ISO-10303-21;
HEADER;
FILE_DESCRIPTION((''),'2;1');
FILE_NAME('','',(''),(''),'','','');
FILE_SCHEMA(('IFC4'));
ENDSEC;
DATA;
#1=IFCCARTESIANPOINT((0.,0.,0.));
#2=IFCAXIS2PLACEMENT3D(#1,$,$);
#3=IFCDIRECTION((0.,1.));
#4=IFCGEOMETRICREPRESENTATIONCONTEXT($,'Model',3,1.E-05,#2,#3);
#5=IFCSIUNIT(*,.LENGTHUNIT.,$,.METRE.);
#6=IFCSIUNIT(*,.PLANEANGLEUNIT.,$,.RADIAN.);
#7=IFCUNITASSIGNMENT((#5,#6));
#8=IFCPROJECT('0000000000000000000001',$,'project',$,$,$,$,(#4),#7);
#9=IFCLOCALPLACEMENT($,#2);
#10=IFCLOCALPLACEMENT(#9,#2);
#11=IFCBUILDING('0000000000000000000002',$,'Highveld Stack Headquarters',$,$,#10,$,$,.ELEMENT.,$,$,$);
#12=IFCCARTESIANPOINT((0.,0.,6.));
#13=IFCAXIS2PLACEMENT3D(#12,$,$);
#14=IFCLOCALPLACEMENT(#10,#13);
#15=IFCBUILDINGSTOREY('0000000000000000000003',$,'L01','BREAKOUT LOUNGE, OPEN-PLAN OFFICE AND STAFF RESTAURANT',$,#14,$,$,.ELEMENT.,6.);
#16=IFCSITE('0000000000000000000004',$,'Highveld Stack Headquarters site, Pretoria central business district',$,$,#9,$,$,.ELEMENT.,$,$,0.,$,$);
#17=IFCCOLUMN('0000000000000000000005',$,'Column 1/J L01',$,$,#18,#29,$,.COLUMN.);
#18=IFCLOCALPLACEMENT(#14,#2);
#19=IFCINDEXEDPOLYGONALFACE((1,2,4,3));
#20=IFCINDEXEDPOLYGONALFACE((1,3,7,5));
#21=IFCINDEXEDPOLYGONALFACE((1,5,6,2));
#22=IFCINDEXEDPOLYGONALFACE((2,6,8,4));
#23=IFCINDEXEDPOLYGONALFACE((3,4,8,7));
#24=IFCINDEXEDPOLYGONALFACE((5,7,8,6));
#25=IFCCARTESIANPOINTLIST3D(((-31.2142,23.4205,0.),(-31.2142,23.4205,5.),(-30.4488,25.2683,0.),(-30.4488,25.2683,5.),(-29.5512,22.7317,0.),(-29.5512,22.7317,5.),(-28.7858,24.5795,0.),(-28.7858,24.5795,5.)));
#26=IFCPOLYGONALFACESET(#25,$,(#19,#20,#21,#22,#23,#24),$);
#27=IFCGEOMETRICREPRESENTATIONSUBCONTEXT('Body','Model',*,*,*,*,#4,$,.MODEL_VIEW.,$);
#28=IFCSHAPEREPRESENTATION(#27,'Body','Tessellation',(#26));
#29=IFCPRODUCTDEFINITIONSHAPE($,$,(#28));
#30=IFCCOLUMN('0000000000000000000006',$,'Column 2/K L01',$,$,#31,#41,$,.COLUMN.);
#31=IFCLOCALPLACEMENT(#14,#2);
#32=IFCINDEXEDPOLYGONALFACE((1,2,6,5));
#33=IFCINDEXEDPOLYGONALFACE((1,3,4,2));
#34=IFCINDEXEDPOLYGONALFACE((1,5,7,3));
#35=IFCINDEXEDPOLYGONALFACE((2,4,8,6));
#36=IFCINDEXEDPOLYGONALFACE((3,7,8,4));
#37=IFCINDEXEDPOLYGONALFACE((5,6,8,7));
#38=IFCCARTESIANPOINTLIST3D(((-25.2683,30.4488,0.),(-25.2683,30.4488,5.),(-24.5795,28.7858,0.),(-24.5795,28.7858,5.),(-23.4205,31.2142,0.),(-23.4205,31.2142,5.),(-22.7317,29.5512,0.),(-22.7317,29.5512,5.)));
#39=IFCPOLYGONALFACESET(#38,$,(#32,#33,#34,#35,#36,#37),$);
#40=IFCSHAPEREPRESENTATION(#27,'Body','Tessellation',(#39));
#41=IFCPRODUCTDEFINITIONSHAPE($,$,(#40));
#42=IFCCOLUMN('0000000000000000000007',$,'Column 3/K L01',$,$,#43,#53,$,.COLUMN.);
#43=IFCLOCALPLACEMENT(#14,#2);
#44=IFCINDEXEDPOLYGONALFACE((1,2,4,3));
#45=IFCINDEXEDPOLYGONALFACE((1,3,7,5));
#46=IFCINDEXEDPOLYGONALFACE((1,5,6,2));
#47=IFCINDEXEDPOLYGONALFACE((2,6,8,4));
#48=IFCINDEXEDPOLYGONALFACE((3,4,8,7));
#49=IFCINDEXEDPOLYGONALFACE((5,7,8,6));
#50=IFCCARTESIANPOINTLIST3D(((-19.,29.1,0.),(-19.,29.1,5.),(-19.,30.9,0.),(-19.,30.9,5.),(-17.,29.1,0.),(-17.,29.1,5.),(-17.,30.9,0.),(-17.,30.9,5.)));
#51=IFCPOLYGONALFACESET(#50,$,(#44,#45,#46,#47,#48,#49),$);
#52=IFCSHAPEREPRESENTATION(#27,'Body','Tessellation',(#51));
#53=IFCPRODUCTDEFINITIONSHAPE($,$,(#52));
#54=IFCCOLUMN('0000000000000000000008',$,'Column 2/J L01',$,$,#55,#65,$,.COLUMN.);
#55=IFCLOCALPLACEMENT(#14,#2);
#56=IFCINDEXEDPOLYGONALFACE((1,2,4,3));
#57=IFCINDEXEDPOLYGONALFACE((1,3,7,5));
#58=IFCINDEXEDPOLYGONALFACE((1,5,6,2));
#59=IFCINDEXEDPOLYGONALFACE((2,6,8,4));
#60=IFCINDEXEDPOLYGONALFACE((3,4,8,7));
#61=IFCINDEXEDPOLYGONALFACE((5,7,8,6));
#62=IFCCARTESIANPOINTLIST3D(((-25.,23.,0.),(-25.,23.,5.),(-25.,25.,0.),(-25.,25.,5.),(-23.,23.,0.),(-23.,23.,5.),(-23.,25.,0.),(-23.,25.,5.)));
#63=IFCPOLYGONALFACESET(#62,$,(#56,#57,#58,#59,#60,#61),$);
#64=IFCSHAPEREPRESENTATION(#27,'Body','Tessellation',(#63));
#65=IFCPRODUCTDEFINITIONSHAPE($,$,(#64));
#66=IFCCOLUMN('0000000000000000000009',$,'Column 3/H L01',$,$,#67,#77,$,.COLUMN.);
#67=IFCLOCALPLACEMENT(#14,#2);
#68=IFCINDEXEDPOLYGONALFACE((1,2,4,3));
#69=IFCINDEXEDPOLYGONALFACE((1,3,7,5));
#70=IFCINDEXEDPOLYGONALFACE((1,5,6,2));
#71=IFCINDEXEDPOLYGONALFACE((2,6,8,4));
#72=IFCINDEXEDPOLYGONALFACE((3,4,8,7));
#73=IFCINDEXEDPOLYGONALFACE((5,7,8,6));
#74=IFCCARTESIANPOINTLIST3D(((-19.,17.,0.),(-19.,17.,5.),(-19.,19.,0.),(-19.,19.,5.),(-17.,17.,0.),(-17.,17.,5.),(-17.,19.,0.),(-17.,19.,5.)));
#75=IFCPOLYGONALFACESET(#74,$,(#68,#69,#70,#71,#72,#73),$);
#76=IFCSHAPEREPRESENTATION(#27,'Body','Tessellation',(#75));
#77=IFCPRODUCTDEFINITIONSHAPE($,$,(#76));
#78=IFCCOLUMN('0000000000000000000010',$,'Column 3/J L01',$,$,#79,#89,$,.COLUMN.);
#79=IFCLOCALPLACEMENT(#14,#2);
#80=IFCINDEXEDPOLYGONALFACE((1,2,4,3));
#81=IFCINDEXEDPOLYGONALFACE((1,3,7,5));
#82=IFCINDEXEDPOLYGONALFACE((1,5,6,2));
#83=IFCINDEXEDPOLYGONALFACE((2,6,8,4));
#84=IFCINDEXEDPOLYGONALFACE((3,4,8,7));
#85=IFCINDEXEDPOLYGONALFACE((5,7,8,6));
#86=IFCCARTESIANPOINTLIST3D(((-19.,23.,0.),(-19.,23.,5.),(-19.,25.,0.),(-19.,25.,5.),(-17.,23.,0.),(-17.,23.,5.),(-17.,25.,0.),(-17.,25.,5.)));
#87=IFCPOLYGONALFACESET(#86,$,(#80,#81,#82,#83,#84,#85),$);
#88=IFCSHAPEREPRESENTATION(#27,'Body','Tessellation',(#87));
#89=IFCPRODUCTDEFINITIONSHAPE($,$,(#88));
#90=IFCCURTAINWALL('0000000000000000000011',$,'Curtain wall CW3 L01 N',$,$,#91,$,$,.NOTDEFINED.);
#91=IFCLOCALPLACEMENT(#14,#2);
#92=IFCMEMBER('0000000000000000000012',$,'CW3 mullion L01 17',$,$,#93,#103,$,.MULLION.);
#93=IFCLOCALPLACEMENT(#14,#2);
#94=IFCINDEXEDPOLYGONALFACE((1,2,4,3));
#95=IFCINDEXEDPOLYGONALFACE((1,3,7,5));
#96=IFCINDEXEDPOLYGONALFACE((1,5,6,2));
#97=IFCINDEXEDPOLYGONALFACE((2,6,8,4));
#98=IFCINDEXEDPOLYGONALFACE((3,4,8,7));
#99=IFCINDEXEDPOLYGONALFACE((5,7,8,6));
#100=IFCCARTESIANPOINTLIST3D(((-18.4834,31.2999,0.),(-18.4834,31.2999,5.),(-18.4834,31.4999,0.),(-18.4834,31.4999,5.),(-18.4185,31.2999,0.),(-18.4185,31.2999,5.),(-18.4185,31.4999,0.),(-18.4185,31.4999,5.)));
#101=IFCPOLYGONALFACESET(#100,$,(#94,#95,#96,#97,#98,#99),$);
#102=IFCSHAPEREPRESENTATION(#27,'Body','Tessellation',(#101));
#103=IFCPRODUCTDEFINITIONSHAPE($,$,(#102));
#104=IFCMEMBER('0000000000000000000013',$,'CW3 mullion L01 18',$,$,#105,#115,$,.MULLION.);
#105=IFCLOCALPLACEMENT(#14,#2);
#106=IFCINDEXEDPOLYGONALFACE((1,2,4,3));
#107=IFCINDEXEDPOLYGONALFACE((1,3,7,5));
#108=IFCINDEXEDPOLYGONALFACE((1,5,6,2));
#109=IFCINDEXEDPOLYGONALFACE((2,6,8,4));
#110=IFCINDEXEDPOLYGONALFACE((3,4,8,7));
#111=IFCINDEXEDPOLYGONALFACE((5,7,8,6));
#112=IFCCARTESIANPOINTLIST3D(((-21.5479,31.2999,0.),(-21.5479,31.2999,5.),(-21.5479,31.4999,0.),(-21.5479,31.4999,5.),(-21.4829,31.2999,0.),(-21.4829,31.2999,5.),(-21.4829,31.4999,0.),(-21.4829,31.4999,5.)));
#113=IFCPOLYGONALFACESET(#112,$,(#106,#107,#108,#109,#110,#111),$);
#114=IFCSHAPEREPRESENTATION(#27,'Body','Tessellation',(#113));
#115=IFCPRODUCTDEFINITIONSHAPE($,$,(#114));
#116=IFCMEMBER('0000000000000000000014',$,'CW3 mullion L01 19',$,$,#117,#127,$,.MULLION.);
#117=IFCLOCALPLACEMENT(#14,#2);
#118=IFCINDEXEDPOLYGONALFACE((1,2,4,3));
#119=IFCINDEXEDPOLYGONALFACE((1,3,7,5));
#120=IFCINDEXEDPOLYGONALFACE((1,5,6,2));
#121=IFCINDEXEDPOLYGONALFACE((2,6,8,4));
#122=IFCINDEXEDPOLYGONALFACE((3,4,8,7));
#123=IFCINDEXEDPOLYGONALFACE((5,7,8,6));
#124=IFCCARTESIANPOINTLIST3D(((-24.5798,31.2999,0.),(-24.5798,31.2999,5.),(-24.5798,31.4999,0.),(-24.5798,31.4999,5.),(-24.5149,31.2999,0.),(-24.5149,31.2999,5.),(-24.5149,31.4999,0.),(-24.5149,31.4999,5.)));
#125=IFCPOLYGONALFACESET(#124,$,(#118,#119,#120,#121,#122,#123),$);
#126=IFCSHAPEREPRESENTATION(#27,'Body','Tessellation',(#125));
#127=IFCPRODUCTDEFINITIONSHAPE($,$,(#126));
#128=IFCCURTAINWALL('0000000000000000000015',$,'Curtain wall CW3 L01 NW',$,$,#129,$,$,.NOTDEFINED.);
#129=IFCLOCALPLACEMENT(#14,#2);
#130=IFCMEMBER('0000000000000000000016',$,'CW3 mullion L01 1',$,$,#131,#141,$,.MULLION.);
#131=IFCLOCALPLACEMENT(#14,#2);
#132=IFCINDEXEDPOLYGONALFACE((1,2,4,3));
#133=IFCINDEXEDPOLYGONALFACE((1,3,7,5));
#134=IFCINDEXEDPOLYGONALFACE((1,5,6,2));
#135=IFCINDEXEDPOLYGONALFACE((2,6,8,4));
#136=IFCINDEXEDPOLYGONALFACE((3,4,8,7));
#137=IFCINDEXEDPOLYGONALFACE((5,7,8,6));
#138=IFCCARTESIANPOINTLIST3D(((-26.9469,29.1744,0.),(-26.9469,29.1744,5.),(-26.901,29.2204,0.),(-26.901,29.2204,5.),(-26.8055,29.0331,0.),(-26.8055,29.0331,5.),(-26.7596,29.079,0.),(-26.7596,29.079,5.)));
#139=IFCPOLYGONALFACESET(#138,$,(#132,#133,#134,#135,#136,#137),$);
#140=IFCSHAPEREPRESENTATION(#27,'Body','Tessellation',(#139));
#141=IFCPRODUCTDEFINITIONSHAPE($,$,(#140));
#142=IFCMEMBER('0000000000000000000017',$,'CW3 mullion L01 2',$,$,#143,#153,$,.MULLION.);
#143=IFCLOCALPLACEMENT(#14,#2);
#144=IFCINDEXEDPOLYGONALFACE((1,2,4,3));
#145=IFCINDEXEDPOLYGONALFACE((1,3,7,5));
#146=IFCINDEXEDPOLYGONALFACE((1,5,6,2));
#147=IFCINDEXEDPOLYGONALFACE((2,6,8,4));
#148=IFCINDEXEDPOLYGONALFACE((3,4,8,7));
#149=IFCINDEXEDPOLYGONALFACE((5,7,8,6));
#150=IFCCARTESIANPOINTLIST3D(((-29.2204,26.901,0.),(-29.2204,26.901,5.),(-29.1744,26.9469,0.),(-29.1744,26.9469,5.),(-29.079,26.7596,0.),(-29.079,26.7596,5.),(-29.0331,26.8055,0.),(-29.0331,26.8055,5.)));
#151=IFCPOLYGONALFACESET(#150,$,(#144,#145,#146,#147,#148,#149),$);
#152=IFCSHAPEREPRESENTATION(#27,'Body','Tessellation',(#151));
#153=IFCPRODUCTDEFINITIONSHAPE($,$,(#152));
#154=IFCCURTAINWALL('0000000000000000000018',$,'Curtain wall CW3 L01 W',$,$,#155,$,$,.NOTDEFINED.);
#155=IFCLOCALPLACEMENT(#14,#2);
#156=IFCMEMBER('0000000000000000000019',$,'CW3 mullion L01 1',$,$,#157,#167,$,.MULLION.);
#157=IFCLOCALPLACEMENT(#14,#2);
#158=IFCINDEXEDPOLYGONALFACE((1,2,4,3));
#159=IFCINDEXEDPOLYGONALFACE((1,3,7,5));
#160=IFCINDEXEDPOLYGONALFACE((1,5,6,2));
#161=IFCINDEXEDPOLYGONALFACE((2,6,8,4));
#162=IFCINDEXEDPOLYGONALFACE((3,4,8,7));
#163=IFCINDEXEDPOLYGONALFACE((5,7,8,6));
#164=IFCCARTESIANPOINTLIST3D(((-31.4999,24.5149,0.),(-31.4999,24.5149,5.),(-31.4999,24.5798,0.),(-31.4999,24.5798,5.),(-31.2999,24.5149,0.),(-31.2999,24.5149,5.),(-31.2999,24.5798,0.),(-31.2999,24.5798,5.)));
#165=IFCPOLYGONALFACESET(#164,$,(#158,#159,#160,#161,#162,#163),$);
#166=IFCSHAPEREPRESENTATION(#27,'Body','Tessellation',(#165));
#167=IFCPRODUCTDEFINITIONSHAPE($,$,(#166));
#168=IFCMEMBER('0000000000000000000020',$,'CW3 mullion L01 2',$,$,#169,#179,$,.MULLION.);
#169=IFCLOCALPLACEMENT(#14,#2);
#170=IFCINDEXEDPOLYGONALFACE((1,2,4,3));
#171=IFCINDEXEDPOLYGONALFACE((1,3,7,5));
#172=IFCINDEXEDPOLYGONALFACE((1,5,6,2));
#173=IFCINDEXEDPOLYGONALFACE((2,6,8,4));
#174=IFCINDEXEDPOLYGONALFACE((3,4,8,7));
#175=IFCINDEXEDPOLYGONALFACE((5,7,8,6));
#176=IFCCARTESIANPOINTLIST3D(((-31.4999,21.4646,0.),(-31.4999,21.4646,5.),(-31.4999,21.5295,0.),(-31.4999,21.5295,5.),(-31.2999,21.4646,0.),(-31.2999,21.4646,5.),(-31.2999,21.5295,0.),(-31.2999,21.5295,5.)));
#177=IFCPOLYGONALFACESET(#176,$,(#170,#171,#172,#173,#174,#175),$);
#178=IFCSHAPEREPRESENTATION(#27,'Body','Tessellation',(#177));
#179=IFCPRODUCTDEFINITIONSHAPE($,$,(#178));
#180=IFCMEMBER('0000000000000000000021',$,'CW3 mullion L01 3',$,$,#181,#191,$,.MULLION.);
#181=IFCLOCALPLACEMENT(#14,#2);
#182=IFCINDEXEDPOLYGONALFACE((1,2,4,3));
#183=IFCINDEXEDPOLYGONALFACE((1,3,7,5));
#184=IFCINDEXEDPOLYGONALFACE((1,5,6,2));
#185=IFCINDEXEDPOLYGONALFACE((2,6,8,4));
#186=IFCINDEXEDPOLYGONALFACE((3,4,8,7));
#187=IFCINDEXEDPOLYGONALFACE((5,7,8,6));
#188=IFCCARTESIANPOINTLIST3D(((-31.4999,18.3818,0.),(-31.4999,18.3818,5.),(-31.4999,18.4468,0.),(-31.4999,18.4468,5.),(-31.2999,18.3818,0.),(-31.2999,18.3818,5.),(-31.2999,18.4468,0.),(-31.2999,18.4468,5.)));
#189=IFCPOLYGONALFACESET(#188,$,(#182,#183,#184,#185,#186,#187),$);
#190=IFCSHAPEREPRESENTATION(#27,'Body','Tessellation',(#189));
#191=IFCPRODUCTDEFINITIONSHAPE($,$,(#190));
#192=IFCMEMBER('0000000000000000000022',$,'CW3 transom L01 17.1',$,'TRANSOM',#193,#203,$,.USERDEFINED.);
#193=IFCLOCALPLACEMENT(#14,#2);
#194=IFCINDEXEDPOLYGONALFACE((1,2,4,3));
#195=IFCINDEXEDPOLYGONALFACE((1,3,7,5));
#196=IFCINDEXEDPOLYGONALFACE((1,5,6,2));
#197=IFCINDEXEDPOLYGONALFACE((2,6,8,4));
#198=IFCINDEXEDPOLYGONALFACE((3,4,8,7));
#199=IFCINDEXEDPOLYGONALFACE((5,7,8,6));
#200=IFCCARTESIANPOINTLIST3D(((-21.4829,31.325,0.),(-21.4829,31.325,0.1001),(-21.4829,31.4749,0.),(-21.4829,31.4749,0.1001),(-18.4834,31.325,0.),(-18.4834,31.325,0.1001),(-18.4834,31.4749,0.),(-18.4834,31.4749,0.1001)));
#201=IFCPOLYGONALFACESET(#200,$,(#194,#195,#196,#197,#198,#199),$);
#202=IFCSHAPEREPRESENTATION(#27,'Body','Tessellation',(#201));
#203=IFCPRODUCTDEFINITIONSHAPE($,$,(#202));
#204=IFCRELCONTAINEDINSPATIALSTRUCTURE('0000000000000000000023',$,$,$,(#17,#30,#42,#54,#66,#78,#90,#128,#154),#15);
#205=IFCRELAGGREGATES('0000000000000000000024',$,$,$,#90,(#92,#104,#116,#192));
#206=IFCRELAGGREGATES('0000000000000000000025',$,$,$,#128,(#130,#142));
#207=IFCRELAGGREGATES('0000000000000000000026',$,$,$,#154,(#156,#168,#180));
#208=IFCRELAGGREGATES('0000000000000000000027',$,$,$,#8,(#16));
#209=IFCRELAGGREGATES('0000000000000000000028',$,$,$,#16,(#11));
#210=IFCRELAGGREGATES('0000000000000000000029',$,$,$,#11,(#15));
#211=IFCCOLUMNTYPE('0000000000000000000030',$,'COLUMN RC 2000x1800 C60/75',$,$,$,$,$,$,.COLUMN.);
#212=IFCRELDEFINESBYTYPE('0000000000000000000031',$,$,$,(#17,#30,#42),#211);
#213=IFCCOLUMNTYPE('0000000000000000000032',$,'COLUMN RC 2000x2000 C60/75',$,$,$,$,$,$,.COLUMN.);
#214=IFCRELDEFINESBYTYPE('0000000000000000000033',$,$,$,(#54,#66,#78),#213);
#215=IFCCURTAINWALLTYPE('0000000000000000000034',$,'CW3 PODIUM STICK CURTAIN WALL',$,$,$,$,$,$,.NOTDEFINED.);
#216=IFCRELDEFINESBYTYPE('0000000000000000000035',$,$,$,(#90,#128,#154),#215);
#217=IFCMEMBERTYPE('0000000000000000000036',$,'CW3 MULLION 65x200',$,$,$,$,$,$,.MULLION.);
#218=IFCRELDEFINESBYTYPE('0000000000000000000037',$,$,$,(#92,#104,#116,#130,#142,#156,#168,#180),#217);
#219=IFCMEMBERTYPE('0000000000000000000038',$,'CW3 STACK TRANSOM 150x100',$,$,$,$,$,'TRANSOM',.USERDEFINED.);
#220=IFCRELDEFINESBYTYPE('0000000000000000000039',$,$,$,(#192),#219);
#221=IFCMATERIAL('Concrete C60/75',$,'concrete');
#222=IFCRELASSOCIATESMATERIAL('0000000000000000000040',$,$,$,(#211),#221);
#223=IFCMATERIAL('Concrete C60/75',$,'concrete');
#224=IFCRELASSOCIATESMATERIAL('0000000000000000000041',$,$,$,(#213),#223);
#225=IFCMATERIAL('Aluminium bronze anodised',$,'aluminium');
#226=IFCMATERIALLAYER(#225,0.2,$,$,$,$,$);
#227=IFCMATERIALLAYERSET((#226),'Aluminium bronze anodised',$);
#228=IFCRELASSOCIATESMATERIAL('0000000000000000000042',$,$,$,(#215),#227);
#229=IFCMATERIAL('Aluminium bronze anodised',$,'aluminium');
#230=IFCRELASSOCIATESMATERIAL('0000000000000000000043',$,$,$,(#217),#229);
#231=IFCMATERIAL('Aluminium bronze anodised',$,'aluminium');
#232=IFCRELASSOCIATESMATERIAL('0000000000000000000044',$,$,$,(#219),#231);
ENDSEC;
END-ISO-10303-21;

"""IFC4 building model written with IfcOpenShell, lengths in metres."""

from ifc_helpers import new_model, si_unit, direction, frame, origin, origin_2d, place, context, subcontext, project, spatial, rectangle, extrude, material, layer, layer_set, material_profile, profile_set, type_object, element, aggregate, save


model = new_model("IFC4")

# Units and contexts
model_context = context("Model", 3, precision=1e-05, world=origin(), true_north=direction((0.0, 1.0)))
body_context = subcontext(model_context, "Body", "Model", "MODEL_VIEW")
ifc_project = project(units=[si_unit("LENGTHUNIT", "METRE"), si_unit("PLANEANGLEUNIT", "RADIAN")], contexts=[model_context])

# Site, building, storey
site_placement = place(None, origin())
site = spatial("IfcSite", under=ifc_project, at=site_placement, Name="Highveld Stack Headquarters site, Pretoria central business district", CompositionType="ELEMENT", RefElevation=0.0)
building_placement = place(site_placement, origin())
building = spatial("IfcBuilding", under=site, at=building_placement, Name="Highveld Stack Headquarters", CompositionType="ELEMENT")
storey_placement = place(building_placement, frame((0.0, 0.0, 6.0)))
storey = spatial("IfcBuildingStorey", under=building, at=storey_placement, Name="L01", Description="BREAKOUT LOUNGE, OPEN-PLAN OFFICE AND STAFF RESTAURANT", CompositionType="ELEMENT", Elevation=6.0)

# Columns
ifc_material_1 = material(Name="Concrete C60/75", Category="concrete")
ifc_material_profile_1 = material_profile(ifc_material_1, rectangle(XDim=2.0, YDim=1.8, at=origin_2d()), Name="RC 2000x1800")
ifc_profile_set_1 = profile_set([ifc_material_profile_1], Name="Concrete C60/75")
column_type_1 = type_object("IfcColumnType", Name="COLUMN RC 2000x1800 C60/75", PredefinedType="COLUMN", material=ifc_profile_set_1)
for number, where, z_axis, x_axis, name in (
    (1, (-30.0, 24.0, 0.0), (0.0, 0.0, 1.0), (0.382683, 0.92388, 0.0), "Column 1/J L01"),
    (2, (-24.0, 30.0, 0.0), (0.0, 0.0, 1.0), (0.92388, 0.382683, 0.0), "Column 2/K L01"),
    (3, (-18.0, 30.0, 0.0), (0.0, 0.0, 1.0), (1.0, 0.0, 0.0), "Column 3/K L01"),
):
    element("IfcColumn", number, at=place(storey_placement, frame(where, z_axis=z_axis, x_axis=x_axis)), inside=storey, type_object=column_type_1, Name=name, PredefinedType="COLUMN", context=body_context, shape_type="SweptSolid", body=[
        extrude(rectangle(XDim=2.0, YDim=1.8, at=origin_2d()), origin(), (0.0, 0.0, 1.0), 5.0),
    ])
ifc_material_2 = material(Name="Concrete C60/75", Category="concrete")
ifc_material_profile_2 = material_profile(ifc_material_2, rectangle(XDim=2.0, YDim=2.0, at=origin_2d()), Name="RC 2000x2000")
ifc_profile_set_2 = profile_set([ifc_material_profile_2], Name="Concrete C60/75")
column_type_2 = type_object("IfcColumnType", Name="COLUMN RC 2000x2000 C60/75", PredefinedType="COLUMN", material=ifc_profile_set_2)
for number, where, z_axis, x_axis, name in (
    (4, (-24.0, 24.0, 0.0), (0.0, 0.0, 1.0), (1.0, 0.0, 0.0), "Column 2/J L01"),
    (5, (-18.0, 18.0, 0.0), (0.0, 0.0, 1.0), (1.0, 0.0, 0.0), "Column 3/H L01"),
    (6, (-18.0, 24.0, 0.0), (0.0, 0.0, 1.0), (1.0, 0.0, 0.0), "Column 3/J L01"),
):
    element("IfcColumn", number, at=place(storey_placement, frame(where, z_axis=z_axis, x_axis=x_axis)), inside=storey, type_object=column_type_2, Name=name, PredefinedType="COLUMN", context=body_context, shape_type="SweptSolid", body=[
        extrude(rectangle(XDim=2.0, YDim=2.0, at=origin_2d()), origin(), (0.0, 0.0, 1.0), 5.0),
    ])

# Curtain walls, members
ifc_material_3 = material(Name="Aluminium bronze anodised", Category="aluminium")
ifc_layer_1 = layer(ifc_material_3, 0.2)
ifc_layer_set_1 = layer_set([ifc_layer_1], Name="Aluminium bronze anodised")
curtain_wall_type = type_object("IfcCurtainWallType", Name="CW3 PODIUM STICK CURTAIN WALL", PredefinedType="NOTDEFINED", material=ifc_layer_set_1)
curtain_wall_1_placement = place(storey_placement, origin())
curtain_wall_1 = element("IfcCurtainWall", 7, at=curtain_wall_1_placement, inside=storey, type_object=curtain_wall_type, Name="Curtain wall CW3 L01 N", PredefinedType="NOTDEFINED")
ifc_material_4 = material(Name="Aluminium bronze anodised", Category="aluminium")
ifc_material_profile_3 = material_profile(ifc_material_4, rectangle(XDim=0.2, YDim=0.0649, at=origin_2d()), Name="CW3 MULLION 65x200")
ifc_profile_set_3 = profile_set([ifc_material_profile_3], Name="Aluminium bronze anodised")
member_type_1 = type_object("IfcMemberType", Name="CW3 MULLION 65x200", PredefinedType="MULLION", material=ifc_profile_set_3)
member_1_placement = place(storey_placement, frame((-18.4509, 31.3999, 0.0), z_axis=(0.0, 0.0, 1.0), x_axis=(0.0, -1.0, 0.0)))
member_1 = element("IfcMember", 8, at=member_1_placement, type_object=member_type_1, Name="CW3 mullion L01 17", PredefinedType="MULLION", context=body_context, shape_type="SweptSolid", body=[
    extrude(rectangle(XDim=0.2, YDim=0.0649, at=origin_2d()), origin(), (0.0, 0.0, 1.0), 5.0),
])
member_2_placement = place(storey_placement, frame((-21.5154, 31.3999, 0.0), z_axis=(0.0, 0.0, 1.0), x_axis=(0.0, -1.0, 0.0)))
member_2 = element("IfcMember", 9, at=member_2_placement, type_object=member_type_1, Name="CW3 mullion L01 18", PredefinedType="MULLION", context=body_context, shape_type="SweptSolid", body=[
    extrude(rectangle(XDim=0.2, YDim=0.0649, at=origin_2d()), origin(), (0.0, 0.0, 1.0), 5.0),
])
member_3_placement = place(storey_placement, frame((-24.5474, 31.3999, 0.0), z_axis=(0.0, 0.0, 1.0), x_axis=(0.0, -1.0, 0.0)))
member_3 = element("IfcMember", 10, at=member_3_placement, type_object=member_type_1, Name="CW3 mullion L01 19", PredefinedType="MULLION", context=body_context, shape_type="SweptSolid", body=[
    extrude(rectangle(XDim=0.2, YDim=0.0649, at=origin_2d()), origin(), (0.0, 0.0, 1.0), 5.0),
])
curtain_wall_2_placement = place(storey_placement, origin())
curtain_wall_2 = element("IfcCurtainWall", 11, at=curtain_wall_2_placement, inside=storey, type_object=curtain_wall_type, Name="Curtain wall CW3 L01 NW", PredefinedType="NOTDEFINED")
member_4_placement = place(storey_placement, frame((-26.8533, 29.1267, 0.0), z_axis=(0.0, 0.0, 1.0), x_axis=(0.707107, -0.707107, 0.0)))
member_4 = element("IfcMember", 12, at=member_4_placement, type_object=member_type_1, Name="CW3 mullion L01 1", PredefinedType="MULLION", context=body_context, shape_type="SweptSolid", body=[
    extrude(rectangle(XDim=0.2, YDim=0.0649, at=origin_2d()), origin(), (0.0, 0.0, 1.0), 5.0),
])
member_5_placement = place(storey_placement, frame((-29.1267, 26.8533, 0.0), z_axis=(0.0, 0.0, 1.0), x_axis=(0.707107, -0.707107, 0.0)))
member_5 = element("IfcMember", 13, at=member_5_placement, type_object=member_type_1, Name="CW3 mullion L01 2", PredefinedType="MULLION", context=body_context, shape_type="SweptSolid", body=[
    extrude(rectangle(XDim=0.2, YDim=0.0649, at=origin_2d()), origin(), (0.0, 0.0, 1.0), 5.0),
])
curtain_wall_3_placement = place(storey_placement, origin())
curtain_wall_3 = element("IfcCurtainWall", 14, at=curtain_wall_3_placement, inside=storey, type_object=curtain_wall_type, Name="Curtain wall CW3 L01 W", PredefinedType="NOTDEFINED")
member_6_placement = place(storey_placement, frame((-31.3999, 24.5474, 0.0), z_axis=(0.0, 0.0, 1.0), x_axis=(1.0, 0.0, 0.0)))
member_6 = element("IfcMember", 15, at=member_6_placement, type_object=member_type_1, Name="CW3 mullion L01 1", PredefinedType="MULLION", context=body_context, shape_type="SweptSolid", body=[
    extrude(rectangle(XDim=0.2, YDim=0.0649, at=origin_2d()), origin(), (0.0, 0.0, 1.0), 5.0),
])
member_7_placement = place(storey_placement, frame((-31.3999, 21.4971, 0.0), z_axis=(0.0, 0.0, 1.0), x_axis=(1.0, 0.0, 0.0)))
member_7 = element("IfcMember", 16, at=member_7_placement, type_object=member_type_1, Name="CW3 mullion L01 2", PredefinedType="MULLION", context=body_context, shape_type="SweptSolid", body=[
    extrude(rectangle(XDim=0.2, YDim=0.0649, at=origin_2d()), origin(), (0.0, 0.0, 1.0), 5.0),
])
member_8_placement = place(storey_placement, frame((-31.3999, 18.4143, 0.0), z_axis=(0.0, 0.0, 1.0), x_axis=(1.0, 0.0, 0.0)))
member_8 = element("IfcMember", 17, at=member_8_placement, type_object=member_type_1, Name="CW3 mullion L01 3", PredefinedType="MULLION", context=body_context, shape_type="SweptSolid", body=[
    extrude(rectangle(XDim=0.2, YDim=0.0649, at=origin_2d()), origin(), (0.0, 0.0, 1.0), 5.0),
])

# Member
ifc_material_5 = material(Name="Aluminium bronze anodised", Category="aluminium")
ifc_material_profile_4 = material_profile(ifc_material_5, rectangle(XDim=0.1499, YDim=0.1001, at=origin_2d()), Name="CW3 TRANSOM 150x100")
ifc_profile_set_4 = profile_set([ifc_material_profile_4], Name="Aluminium bronze anodised")
member_type_2 = type_object("IfcMemberType", Name="CW3 STACK TRANSOM 150x100", ElementType="TRANSOM", PredefinedType="USERDEFINED", material=ifc_profile_set_4)
member_9_placement = place(storey_placement, frame((-18.4834, 31.3999, 0.05), z_axis=(-1.0, 0.0, 0.0), x_axis=(0.0, -1.0, 0.0)))
member_9 = element("IfcMember", 18, at=member_9_placement, type_object=member_type_2, Name="CW3 transom L01 17.1", ObjectType="TRANSOM", PredefinedType="USERDEFINED", context=body_context, shape_type="SweptSolid", body=[
    extrude(rectangle(XDim=0.1499, YDim=0.1001, at=origin_2d()), origin(), (0.0, 0.0, 1.0), 2.9995),
])

aggregate(curtain_wall_1, [member_1, member_2, member_3, member_9])
aggregate(curtain_wall_2, [member_4, member_5])
aggregate(curtain_wall_3, [member_6, member_7, member_8])

save(model, "model.ifc")
